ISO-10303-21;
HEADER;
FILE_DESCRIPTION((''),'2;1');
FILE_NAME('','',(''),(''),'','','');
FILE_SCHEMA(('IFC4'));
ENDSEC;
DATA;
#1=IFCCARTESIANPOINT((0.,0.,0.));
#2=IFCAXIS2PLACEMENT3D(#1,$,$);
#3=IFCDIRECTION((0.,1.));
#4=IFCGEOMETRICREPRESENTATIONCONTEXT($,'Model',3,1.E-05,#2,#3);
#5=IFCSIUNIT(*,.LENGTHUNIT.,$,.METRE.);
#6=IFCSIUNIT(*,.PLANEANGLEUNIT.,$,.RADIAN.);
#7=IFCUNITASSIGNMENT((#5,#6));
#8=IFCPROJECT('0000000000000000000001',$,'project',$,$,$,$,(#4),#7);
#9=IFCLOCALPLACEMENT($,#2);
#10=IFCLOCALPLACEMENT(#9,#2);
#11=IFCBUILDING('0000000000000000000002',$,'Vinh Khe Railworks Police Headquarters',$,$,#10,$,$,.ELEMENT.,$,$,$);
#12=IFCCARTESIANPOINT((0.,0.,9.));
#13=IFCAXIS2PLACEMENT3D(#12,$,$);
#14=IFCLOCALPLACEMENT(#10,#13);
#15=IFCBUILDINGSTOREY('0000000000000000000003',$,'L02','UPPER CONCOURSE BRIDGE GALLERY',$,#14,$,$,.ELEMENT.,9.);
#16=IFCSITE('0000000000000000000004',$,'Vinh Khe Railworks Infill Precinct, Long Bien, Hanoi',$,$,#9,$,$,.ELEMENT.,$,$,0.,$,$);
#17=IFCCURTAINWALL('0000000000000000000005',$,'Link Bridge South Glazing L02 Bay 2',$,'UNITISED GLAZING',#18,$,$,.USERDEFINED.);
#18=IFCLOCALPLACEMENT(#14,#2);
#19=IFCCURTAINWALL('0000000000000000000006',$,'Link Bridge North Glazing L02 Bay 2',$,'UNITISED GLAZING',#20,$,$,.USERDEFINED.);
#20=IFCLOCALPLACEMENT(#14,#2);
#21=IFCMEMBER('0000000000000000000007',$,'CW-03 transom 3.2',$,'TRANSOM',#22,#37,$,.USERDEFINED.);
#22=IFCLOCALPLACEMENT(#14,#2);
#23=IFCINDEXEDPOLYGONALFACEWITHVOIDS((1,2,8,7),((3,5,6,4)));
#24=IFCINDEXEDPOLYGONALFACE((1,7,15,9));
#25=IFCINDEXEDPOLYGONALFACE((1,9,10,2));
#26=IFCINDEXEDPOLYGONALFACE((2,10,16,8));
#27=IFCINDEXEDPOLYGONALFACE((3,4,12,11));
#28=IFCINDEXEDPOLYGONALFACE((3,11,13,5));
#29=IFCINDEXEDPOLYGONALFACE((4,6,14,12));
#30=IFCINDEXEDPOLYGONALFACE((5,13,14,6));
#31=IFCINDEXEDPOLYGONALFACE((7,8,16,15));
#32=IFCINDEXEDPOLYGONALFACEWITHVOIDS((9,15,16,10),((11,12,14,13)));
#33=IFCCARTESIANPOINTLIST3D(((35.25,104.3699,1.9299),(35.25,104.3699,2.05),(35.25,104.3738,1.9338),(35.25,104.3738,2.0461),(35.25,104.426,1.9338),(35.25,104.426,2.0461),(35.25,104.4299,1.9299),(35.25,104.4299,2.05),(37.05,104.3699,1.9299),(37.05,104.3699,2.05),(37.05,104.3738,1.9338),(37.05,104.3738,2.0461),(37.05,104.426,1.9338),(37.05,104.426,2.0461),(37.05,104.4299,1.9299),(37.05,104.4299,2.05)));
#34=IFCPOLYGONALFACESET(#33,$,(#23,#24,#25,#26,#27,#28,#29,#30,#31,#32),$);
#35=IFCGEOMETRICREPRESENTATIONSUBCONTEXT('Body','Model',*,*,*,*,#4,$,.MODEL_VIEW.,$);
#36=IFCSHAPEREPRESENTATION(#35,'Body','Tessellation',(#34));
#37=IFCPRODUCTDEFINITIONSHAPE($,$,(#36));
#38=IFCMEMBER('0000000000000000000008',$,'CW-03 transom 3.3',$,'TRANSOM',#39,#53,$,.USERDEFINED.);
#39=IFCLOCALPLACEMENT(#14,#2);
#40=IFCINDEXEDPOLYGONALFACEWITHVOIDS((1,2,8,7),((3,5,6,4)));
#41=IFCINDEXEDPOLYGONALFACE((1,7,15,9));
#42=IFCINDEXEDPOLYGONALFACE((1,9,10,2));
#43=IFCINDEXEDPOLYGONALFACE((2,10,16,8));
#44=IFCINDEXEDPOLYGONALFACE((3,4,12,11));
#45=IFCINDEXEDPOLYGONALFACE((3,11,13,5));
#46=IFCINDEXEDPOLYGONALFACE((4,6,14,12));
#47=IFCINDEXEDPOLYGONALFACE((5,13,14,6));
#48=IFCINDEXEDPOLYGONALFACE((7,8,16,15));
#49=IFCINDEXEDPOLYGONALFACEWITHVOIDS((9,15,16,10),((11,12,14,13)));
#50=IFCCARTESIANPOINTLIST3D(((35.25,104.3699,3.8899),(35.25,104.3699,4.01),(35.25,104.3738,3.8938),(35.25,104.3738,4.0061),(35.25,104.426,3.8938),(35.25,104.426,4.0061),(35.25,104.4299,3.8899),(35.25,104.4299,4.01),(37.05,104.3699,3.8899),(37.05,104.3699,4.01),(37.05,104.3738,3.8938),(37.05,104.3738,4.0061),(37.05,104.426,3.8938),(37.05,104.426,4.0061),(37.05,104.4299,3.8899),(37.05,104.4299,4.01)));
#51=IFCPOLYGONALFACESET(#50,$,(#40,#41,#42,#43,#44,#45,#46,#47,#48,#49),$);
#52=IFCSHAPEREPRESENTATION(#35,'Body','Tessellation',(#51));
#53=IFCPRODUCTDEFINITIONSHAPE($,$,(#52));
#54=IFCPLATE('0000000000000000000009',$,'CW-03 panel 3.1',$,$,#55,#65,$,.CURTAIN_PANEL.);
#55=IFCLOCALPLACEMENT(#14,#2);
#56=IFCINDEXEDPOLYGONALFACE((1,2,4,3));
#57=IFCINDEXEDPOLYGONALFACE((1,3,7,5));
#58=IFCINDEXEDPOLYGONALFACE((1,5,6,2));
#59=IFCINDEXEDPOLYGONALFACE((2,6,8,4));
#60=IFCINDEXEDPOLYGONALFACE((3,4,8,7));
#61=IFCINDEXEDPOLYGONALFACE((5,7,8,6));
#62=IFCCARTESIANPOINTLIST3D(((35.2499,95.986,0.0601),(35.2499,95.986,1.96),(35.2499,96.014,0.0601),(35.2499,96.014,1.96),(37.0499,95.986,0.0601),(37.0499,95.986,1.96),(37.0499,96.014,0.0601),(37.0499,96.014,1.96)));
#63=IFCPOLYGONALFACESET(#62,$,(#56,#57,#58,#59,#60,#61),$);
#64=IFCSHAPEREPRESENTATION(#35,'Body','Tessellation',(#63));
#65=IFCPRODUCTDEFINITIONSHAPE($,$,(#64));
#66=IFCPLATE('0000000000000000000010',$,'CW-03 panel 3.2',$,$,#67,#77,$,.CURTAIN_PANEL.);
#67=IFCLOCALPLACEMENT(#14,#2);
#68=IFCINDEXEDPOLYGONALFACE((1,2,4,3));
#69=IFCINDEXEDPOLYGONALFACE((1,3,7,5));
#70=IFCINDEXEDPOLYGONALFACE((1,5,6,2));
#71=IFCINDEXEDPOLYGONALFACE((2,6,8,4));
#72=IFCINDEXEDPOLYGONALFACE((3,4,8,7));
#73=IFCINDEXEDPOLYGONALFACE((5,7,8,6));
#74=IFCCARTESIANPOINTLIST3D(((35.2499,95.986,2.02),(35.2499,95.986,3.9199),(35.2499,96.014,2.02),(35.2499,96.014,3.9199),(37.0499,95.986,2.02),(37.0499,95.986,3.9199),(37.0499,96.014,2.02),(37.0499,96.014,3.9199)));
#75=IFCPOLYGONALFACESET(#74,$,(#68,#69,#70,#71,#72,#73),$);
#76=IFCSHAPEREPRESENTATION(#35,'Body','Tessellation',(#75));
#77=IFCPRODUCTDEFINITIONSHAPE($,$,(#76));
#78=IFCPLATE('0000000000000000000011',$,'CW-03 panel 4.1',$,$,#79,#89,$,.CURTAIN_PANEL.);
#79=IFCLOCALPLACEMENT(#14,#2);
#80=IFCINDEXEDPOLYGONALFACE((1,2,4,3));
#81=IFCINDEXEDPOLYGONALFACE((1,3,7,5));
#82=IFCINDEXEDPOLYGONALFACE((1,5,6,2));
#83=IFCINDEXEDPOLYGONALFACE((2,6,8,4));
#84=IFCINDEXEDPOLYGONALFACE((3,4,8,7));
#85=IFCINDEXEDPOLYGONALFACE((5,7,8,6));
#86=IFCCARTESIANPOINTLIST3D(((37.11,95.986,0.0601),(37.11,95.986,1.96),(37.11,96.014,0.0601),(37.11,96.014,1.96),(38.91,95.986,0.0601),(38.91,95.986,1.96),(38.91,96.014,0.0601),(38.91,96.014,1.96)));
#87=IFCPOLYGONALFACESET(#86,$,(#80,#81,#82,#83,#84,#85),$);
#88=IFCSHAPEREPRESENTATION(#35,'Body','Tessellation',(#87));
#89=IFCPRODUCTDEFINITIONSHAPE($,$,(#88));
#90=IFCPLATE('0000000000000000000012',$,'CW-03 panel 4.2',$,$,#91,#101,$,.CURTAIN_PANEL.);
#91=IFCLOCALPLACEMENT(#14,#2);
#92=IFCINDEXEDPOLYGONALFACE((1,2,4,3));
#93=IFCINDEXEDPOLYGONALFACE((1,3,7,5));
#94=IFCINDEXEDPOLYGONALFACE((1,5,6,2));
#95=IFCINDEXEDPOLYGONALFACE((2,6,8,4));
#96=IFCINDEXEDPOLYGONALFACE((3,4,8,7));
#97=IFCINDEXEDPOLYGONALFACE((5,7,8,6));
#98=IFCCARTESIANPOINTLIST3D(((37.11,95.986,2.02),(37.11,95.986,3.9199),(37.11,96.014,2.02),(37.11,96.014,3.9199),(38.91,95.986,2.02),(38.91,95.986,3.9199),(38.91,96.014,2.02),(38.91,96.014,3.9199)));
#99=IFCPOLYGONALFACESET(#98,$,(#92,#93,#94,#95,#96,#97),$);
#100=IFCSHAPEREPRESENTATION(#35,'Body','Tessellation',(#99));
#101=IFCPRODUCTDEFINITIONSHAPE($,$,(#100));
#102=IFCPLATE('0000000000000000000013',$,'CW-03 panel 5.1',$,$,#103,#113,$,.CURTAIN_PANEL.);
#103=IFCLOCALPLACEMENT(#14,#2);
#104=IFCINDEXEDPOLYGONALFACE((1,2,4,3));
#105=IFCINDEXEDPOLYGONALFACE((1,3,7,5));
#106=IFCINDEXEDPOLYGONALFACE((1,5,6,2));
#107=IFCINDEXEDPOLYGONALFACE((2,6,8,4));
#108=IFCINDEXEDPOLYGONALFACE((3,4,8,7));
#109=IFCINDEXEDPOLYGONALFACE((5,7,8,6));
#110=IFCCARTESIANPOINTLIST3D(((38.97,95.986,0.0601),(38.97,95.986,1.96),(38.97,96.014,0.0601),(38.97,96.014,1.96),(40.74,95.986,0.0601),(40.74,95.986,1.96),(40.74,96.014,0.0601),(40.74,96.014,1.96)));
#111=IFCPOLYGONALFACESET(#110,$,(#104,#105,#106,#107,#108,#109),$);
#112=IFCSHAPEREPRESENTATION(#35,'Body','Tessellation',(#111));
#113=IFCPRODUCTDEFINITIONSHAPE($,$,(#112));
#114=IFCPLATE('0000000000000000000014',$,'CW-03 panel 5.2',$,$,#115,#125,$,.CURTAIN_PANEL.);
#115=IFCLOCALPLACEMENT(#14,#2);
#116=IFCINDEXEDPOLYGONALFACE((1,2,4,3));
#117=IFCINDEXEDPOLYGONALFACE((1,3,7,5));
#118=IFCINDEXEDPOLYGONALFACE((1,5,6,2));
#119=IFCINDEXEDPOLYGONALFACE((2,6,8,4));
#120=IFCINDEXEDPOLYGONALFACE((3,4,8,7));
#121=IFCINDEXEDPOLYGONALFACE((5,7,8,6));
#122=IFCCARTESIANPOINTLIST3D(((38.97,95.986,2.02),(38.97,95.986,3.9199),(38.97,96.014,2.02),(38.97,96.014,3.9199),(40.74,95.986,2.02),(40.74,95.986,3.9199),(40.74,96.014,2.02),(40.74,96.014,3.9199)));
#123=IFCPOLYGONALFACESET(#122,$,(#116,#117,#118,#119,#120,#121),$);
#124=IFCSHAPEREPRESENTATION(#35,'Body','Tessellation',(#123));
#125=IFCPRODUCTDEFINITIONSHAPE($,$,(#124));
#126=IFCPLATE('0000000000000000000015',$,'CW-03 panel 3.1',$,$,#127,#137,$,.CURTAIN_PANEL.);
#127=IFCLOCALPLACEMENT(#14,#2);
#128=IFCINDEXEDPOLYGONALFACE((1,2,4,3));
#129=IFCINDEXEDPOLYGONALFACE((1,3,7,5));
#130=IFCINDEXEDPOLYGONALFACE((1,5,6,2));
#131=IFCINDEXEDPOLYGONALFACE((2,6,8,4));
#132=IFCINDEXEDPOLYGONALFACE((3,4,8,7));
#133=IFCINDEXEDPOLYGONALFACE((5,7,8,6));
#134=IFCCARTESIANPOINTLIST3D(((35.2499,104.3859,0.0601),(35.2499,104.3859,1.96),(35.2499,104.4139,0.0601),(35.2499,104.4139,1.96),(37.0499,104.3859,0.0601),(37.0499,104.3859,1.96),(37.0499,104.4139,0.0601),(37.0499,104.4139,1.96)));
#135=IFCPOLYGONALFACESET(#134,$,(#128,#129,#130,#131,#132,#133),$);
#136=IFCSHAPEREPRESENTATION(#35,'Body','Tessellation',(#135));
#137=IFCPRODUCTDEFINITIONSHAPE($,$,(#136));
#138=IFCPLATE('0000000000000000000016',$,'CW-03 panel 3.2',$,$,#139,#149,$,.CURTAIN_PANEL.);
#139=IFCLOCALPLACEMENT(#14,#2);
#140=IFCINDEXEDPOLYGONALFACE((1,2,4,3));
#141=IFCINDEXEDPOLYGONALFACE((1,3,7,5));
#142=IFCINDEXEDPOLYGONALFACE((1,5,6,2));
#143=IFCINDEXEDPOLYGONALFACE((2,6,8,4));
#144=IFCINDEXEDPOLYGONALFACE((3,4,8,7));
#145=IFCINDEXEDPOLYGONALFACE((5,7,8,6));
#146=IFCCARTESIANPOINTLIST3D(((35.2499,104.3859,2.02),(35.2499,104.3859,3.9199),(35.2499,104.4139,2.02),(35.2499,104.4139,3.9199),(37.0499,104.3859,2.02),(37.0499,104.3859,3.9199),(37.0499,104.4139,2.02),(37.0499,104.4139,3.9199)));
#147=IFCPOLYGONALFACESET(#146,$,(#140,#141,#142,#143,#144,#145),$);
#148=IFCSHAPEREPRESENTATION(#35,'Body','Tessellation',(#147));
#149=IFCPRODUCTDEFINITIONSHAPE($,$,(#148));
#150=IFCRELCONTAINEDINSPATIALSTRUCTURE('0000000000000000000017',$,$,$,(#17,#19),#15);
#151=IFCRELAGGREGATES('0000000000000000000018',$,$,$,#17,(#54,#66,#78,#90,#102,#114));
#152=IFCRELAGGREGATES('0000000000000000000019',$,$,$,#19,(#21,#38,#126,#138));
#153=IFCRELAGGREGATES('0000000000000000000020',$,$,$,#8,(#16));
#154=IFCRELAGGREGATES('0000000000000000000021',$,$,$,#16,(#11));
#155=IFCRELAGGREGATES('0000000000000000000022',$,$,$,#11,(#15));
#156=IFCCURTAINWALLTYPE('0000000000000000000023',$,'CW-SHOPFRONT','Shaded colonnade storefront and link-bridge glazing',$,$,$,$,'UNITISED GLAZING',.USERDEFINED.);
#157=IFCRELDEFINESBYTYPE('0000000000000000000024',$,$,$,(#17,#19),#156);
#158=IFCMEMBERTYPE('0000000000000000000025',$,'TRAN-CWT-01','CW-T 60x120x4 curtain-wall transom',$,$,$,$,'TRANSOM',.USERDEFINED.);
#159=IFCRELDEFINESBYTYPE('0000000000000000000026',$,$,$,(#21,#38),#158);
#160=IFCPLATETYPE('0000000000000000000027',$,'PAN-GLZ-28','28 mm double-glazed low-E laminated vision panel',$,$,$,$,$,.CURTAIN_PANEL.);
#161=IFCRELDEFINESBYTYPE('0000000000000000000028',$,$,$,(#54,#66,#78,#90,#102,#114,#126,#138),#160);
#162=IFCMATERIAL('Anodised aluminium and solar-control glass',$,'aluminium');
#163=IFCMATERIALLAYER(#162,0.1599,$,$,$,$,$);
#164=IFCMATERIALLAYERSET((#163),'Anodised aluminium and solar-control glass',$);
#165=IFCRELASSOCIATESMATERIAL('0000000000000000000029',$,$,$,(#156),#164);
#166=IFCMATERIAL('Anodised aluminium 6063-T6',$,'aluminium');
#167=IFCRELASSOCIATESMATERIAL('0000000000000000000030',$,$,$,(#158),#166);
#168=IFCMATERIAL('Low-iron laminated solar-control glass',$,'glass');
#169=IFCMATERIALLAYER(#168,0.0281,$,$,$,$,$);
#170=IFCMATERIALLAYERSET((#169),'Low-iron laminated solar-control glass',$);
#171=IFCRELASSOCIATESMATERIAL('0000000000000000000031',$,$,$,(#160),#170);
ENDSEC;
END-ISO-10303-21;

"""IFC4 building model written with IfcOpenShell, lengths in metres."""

from ifc_helpers import new_model, si_unit, direction, frame, origin, origin_2d, place, context, subcontext, project, spatial, rectangle, hollow_rectangle, extrude, material, layer, layer_set, material_profile, profile_set, type_object, element, aggregate, save


model = new_model("IFC4")

# Units and contexts
model_context = context("Model", 3, precision=1e-05, world=origin(), true_north=direction((0.0, 1.0)))
body_context = subcontext(model_context, "Body", "Model", "MODEL_VIEW")
ifc_project = project(units=[si_unit("LENGTHUNIT", "METRE"), si_unit("PLANEANGLEUNIT", "RADIAN")], contexts=[model_context])

# Site, building, storey
site_placement = place(None, origin())
site = spatial("IfcSite", under=ifc_project, at=site_placement, Name="Vinh Khe Railworks Infill Precinct, Long Bien, Hanoi", CompositionType="ELEMENT", RefElevation=0.0)
building_placement = place(site_placement, origin())
building = spatial("IfcBuilding", under=site, at=building_placement, Name="Vinh Khe Railworks Police Headquarters", CompositionType="ELEMENT")
storey_placement = place(building_placement, frame((0.0, 0.0, 9.0)))
storey = spatial("IfcBuildingStorey", under=building, at=storey_placement, Name="L02", Description="UPPER CONCOURSE BRIDGE GALLERY", CompositionType="ELEMENT", Elevation=9.0)

# Curtain walls, members
ifc_material_1 = material(Name="Anodised aluminium and solar-control glass", Category="aluminium")
ifc_layer_1 = layer(ifc_material_1, 0.1599)
ifc_layer_set_1 = layer_set([ifc_layer_1], Name="Anodised aluminium and solar-control glass")
curtain_wall_type = type_object("IfcCurtainWallType", Name="CW-SHOPFRONT", Description="Shaded colonnade storefront and link-bridge glazing", ElementType="UNITISED GLAZING", PredefinedType="USERDEFINED", material=ifc_layer_set_1)
curtain_wall_1_placement = place(storey_placement, origin())
curtain_wall_1 = element("IfcCurtainWall", 1, at=curtain_wall_1_placement, inside=storey, type_object=curtain_wall_type, Name="Link Bridge South Glazing L02 Bay 2", ObjectType="UNITISED GLAZING", PredefinedType="USERDEFINED")
ifc_material_2 = material(Name="Anodised aluminium 6063-T6", Category="aluminium")
ifc_material_profile_1 = material_profile(ifc_material_2, hollow_rectangle(XDim=0.0601, YDim=0.1201, WallThickness=0.0039, at=origin_2d()), Name="CW-T 60x120x4")
ifc_profile_set_1 = profile_set([ifc_material_profile_1], Name="Anodised aluminium 6063-T6")
member_type_1 = type_object("IfcMemberType", Name="TRAN-CWT-01", Description="CW-T 60x120x4 curtain-wall transom", ElementType="TRANSOM", PredefinedType="USERDEFINED", material=ifc_profile_set_1)
curtain_wall_2_placement = place(storey_placement, origin())
curtain_wall_2 = element("IfcCurtainWall", 2, at=curtain_wall_2_placement, inside=storey, type_object=curtain_wall_type, Name="Link Bridge North Glazing L02 Bay 2", ObjectType="UNITISED GLAZING", PredefinedType="USERDEFINED")
member_1_placement = place(storey_placement, frame((35.25, 104.3999, 1.99), z_axis=(1.0, 0.0, 0.0), x_axis=(0.0, 1.0, 0.0)))
member_1 = element("IfcMember", 3, at=member_1_placement, type_object=member_type_1, Name="CW-03 transom 3.2", ObjectType="TRANSOM", PredefinedType="USERDEFINED", context=body_context, shape_type="SweptSolid", body=[
    extrude(hollow_rectangle(XDim=0.0601, YDim=0.1201, WallThickness=0.0039, at=origin_2d()), origin(), (0.0, 0.0, 1.0), 1.8),
])
member_2_placement = place(storey_placement, frame((35.25, 104.3999, 3.95), z_axis=(1.0, 0.0, 0.0), x_axis=(0.0, 1.0, 0.0)))
member_2 = element("IfcMember", 4, at=member_2_placement, type_object=member_type_1, Name="CW-03 transom 3.3", ObjectType="TRANSOM", PredefinedType="USERDEFINED", context=body_context, shape_type="SweptSolid", body=[
    extrude(hollow_rectangle(XDim=0.0601, YDim=0.1201, WallThickness=0.0039, at=origin_2d()), origin(), (0.0, 0.0, 1.0), 1.8),
])

# Plates
ifc_material_3 = material(Name="Low-iron laminated solar-control glass", Category="glass")
ifc_layer_2 = layer(ifc_material_3, 0.0281)
ifc_layer_set_2 = layer_set([ifc_layer_2], Name="Low-iron laminated solar-control glass")
plate_type = type_object("IfcPlateType", Name="PAN-GLZ-28", Description="28 mm double-glazed low-E laminated vision panel", PredefinedType="CURTAIN_PANEL", material=ifc_layer_set_2)
plate_1_placement = place(storey_placement, frame((36.1499, 96.0, 0.0601), z_axis=(0.0, 0.0, 1.0), x_axis=(1.0, 0.0, 0.0)))
plate_1 = element("IfcPlate", 5, at=plate_1_placement, type_object=plate_type, Name="CW-03 panel 3.1", PredefinedType="CURTAIN_PANEL", context=body_context, shape_type="SweptSolid", body=[
    extrude(rectangle(XDim=1.8, YDim=0.0281, at=origin_2d()), origin(), (0.0, 0.0, 1.0), 1.8999),
])
plate_2_placement = place(storey_placement, frame((36.1499, 96.0, 2.02), z_axis=(0.0, 0.0, 1.0), x_axis=(1.0, 0.0, 0.0)))
plate_2 = element("IfcPlate", 6, at=plate_2_placement, type_object=plate_type, Name="CW-03 panel 3.2", PredefinedType="CURTAIN_PANEL", context=body_context, shape_type="SweptSolid", body=[
    extrude(rectangle(XDim=1.8, YDim=0.0281, at=origin_2d()), origin(), (0.0, 0.0, 1.0), 1.8999),
])
plate_3_placement = place(storey_placement, frame((38.01, 96.0, 0.0601), z_axis=(0.0, 0.0, 1.0), x_axis=(1.0, 0.0, 0.0)))
plate_3 = element("IfcPlate", 7, at=plate_3_placement, type_object=plate_type, Name="CW-03 panel 4.1", PredefinedType="CURTAIN_PANEL", context=body_context, shape_type="SweptSolid", body=[
    extrude(rectangle(XDim=1.8, YDim=0.0281, at=origin_2d()), origin(), (0.0, 0.0, 1.0), 1.8999),
])
plate_4_placement = place(storey_placement, frame((38.01, 96.0, 2.02), z_axis=(0.0, 0.0, 1.0), x_axis=(1.0, 0.0, 0.0)))
plate_4 = element("IfcPlate", 8, at=plate_4_placement, type_object=plate_type, Name="CW-03 panel 4.2", PredefinedType="CURTAIN_PANEL", context=body_context, shape_type="SweptSolid", body=[
    extrude(rectangle(XDim=1.8, YDim=0.0281, at=origin_2d()), origin(), (0.0, 0.0, 1.0), 1.8999),
])
plate_5_placement = place(storey_placement, frame((39.855, 96.0, 0.0601), z_axis=(0.0, 0.0, 1.0), x_axis=(1.0, 0.0, 0.0)))
plate_5 = element("IfcPlate", 9, at=plate_5_placement, type_object=plate_type, Name="CW-03 panel 5.1", PredefinedType="CURTAIN_PANEL", context=body_context, shape_type="SweptSolid", body=[
    extrude(rectangle(XDim=1.77, YDim=0.0281, at=origin_2d()), origin(), (0.0, 0.0, 1.0), 1.8999),
])
plate_6_placement = place(storey_placement, frame((39.855, 96.0, 2.02), z_axis=(0.0, 0.0, 1.0), x_axis=(1.0, 0.0, 0.0)))
plate_6 = element("IfcPlate", 10, at=plate_6_placement, type_object=plate_type, Name="CW-03 panel 5.2", PredefinedType="CURTAIN_PANEL", context=body_context, shape_type="SweptSolid", body=[
    extrude(rectangle(XDim=1.77, YDim=0.0281, at=origin_2d()), origin(), (0.0, 0.0, 1.0), 1.8999),
])
aggregate(curtain_wall_1, [plate_1, plate_2, plate_3, plate_4, plate_5, plate_6])
plate_7_placement = place(storey_placement, frame((36.1499, 104.3999, 0.0601), z_axis=(0.0, 0.0, 1.0), x_axis=(1.0, 0.0, 0.0)))
plate_7 = element("IfcPlate", 11, at=plate_7_placement, type_object=plate_type, Name="CW-03 panel 3.1", PredefinedType="CURTAIN_PANEL", context=body_context, shape_type="SweptSolid", body=[
    extrude(rectangle(XDim=1.8, YDim=0.0281, at=origin_2d()), origin(), (0.0, 0.0, 1.0), 1.8999),
])
plate_8_placement = place(storey_placement, frame((36.1499, 104.3999, 2.02), z_axis=(0.0, 0.0, 1.0), x_axis=(1.0, 0.0, 0.0)))
plate_8 = element("IfcPlate", 12, at=plate_8_placement, type_object=plate_type, Name="CW-03 panel 3.2", PredefinedType="CURTAIN_PANEL", context=body_context, shape_type="SweptSolid", body=[
    extrude(rectangle(XDim=1.8, YDim=0.0281, at=origin_2d()), origin(), (0.0, 0.0, 1.0), 1.8999),
])
aggregate(curtain_wall_2, [member_1, member_2, plate_7, plate_8])

save(model, "model.ifc")
